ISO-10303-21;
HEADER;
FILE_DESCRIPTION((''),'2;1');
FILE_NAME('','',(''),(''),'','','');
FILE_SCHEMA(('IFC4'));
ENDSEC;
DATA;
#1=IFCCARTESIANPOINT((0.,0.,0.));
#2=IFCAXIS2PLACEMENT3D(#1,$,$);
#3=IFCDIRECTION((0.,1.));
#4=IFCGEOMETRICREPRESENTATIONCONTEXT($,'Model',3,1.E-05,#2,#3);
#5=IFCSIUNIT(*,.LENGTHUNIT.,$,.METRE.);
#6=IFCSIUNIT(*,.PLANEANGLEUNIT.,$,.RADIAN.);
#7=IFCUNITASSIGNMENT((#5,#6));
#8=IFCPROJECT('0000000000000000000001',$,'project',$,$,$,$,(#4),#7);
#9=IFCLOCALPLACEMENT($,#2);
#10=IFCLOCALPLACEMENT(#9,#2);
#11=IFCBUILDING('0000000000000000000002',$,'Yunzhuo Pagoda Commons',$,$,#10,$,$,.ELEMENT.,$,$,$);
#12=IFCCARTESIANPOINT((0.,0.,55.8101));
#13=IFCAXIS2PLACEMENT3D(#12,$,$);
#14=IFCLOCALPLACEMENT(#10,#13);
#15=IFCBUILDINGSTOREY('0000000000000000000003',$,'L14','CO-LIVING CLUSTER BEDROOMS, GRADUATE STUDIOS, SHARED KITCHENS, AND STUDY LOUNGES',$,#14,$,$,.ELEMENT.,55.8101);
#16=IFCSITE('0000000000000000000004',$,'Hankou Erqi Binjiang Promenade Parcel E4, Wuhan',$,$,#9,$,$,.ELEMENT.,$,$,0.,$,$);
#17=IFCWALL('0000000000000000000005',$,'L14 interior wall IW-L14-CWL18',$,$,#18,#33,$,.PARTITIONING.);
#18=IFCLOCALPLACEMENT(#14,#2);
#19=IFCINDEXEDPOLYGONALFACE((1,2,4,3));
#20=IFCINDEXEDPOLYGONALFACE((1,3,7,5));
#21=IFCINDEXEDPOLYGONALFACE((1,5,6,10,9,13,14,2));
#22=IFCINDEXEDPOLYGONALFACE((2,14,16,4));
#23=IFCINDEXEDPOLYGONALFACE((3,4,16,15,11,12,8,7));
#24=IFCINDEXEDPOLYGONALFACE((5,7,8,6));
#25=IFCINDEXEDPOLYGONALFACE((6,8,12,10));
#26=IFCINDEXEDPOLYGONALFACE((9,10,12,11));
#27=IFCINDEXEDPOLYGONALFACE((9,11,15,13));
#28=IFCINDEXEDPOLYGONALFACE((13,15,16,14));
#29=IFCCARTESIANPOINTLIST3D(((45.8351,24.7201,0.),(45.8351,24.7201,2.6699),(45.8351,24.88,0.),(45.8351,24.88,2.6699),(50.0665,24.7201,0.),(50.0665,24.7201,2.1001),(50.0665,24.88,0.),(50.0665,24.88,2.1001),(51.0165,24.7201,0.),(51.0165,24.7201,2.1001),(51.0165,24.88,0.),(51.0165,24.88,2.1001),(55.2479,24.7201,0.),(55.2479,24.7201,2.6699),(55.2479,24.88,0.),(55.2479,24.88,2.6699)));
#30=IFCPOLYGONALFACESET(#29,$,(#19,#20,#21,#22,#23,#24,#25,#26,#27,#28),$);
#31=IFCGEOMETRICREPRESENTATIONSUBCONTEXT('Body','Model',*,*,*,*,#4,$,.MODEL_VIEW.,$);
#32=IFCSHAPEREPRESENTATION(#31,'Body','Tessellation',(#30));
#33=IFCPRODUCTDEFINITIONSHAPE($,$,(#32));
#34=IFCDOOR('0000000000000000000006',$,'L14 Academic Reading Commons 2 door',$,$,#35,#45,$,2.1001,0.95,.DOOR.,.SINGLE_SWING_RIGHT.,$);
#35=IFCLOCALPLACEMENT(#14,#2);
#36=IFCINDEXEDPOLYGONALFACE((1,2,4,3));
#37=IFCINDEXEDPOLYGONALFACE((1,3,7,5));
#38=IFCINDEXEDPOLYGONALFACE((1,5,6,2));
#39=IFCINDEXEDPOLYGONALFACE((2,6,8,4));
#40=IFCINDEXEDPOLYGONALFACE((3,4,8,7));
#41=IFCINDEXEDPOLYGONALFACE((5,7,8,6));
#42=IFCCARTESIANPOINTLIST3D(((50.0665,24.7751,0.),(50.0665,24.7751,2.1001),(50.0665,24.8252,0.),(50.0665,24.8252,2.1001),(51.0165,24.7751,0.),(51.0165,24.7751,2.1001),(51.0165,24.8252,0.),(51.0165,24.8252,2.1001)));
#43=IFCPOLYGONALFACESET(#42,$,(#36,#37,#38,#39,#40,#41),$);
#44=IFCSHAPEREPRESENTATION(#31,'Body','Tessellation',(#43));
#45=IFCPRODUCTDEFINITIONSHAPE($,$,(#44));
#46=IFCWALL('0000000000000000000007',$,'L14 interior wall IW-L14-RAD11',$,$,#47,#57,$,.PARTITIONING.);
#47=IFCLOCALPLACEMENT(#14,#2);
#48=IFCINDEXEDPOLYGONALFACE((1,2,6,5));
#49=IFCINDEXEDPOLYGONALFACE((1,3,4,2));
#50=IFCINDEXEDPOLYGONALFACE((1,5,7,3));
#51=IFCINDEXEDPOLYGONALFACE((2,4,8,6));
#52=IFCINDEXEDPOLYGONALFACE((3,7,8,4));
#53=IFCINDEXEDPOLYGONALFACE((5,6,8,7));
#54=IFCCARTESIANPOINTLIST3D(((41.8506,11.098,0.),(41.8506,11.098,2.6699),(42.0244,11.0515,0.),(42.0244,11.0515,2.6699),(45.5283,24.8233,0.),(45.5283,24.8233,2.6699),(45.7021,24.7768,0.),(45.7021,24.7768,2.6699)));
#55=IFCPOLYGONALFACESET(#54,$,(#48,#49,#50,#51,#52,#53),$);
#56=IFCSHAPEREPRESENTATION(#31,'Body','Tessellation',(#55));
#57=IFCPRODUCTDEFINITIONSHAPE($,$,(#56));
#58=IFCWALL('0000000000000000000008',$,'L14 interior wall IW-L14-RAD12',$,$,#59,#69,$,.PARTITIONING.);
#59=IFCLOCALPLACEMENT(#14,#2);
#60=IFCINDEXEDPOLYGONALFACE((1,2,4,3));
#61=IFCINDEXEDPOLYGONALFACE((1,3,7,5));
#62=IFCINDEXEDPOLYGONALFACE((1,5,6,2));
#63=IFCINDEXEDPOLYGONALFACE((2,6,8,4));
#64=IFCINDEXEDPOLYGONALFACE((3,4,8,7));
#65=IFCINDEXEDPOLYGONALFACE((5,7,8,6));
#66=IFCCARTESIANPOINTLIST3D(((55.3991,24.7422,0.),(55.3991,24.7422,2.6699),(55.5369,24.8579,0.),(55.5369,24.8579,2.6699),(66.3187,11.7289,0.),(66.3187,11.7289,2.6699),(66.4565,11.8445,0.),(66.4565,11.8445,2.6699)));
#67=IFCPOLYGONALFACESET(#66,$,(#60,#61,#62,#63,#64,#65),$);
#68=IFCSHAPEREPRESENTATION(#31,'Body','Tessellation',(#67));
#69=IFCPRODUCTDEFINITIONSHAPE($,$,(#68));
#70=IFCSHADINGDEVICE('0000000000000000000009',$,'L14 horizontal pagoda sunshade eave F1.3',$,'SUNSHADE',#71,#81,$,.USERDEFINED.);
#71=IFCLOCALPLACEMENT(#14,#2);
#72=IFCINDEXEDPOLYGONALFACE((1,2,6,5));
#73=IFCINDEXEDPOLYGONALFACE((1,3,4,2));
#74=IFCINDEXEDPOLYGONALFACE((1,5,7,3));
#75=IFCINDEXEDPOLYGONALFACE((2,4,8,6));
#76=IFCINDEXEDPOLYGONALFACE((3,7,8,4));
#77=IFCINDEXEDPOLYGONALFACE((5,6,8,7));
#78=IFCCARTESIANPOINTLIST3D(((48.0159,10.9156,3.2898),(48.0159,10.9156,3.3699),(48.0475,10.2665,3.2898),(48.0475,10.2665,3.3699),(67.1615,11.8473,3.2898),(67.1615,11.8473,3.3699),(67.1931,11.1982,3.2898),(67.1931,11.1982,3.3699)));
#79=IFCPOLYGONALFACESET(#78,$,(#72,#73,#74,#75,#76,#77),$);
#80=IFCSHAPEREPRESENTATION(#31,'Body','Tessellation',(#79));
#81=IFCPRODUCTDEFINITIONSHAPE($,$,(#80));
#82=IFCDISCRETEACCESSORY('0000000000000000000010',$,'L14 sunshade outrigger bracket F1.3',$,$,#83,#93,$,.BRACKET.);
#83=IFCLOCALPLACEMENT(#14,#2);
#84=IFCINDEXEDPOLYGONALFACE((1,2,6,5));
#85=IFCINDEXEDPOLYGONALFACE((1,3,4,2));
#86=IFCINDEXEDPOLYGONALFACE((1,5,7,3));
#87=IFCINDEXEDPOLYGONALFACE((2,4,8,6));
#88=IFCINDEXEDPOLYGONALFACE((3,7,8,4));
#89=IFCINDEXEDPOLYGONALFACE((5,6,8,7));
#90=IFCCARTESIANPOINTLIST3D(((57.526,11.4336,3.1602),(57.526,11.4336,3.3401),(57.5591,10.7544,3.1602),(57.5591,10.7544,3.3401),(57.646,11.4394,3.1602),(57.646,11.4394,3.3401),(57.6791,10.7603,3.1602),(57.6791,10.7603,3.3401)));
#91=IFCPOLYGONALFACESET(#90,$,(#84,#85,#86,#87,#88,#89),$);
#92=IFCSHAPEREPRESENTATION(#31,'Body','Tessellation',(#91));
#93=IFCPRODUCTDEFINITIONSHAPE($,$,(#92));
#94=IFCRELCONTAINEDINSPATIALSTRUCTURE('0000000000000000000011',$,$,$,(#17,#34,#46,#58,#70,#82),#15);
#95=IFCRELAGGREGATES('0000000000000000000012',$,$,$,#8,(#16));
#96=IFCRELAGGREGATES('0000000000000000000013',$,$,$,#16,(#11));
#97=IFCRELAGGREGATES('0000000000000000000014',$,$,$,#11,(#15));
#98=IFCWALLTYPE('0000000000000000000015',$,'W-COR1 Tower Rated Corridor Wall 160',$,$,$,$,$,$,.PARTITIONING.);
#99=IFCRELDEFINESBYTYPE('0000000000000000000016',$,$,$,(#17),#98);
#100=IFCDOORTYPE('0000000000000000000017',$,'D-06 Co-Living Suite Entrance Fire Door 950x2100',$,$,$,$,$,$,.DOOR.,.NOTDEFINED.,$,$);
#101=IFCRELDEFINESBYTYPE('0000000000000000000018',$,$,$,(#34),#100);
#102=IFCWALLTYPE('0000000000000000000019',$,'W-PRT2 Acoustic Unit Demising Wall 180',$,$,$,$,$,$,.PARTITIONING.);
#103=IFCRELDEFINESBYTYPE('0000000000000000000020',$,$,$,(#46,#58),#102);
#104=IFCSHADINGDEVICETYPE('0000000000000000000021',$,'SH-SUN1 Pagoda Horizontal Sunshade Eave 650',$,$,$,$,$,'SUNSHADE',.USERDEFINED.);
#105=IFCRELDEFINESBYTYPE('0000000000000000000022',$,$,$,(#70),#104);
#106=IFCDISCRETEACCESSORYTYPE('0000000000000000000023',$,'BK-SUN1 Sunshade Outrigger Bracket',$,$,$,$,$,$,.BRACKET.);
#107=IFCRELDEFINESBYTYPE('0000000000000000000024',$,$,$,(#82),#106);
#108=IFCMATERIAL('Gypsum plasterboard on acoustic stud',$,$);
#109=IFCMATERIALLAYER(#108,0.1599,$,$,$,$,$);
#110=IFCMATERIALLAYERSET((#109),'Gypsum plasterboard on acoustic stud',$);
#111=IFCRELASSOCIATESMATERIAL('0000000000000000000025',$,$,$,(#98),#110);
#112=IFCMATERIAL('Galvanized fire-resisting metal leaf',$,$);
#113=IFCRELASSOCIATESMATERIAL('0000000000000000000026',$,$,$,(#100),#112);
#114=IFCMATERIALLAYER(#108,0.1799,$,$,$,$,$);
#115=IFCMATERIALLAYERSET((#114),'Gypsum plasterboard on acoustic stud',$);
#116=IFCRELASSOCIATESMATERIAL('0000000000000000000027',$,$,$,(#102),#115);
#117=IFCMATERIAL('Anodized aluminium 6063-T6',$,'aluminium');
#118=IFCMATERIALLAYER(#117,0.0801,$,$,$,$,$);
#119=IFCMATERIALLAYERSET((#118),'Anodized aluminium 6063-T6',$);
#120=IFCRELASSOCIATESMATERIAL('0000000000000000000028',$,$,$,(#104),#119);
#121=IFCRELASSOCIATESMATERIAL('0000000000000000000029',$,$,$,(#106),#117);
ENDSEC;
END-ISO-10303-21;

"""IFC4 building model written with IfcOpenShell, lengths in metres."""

from ifc_helpers import new_model, si_unit, direction, frame, frame_2d, origin, origin_with_axes, origin_2d, place, context, subcontext, project, spatial, rectangle, extrude, source, transform, mapped, material, layer, layer_set, type_object, element, fill, save


model = new_model("IFC4")

# Units and contexts
model_context = context("Model", 3, precision=1e-05, world=origin(), true_north=direction((0.0, 1.0)))
body_context = subcontext(model_context, "Body", "Model", "MODEL_VIEW")
ifc_project = project(units=[si_unit("LENGTHUNIT", "METRE"), si_unit("PLANEANGLEUNIT", "RADIAN")], contexts=[model_context])

# Site, building, storey
site_placement = place(None, origin())
site = spatial("IfcSite", under=ifc_project, at=site_placement, Name="Hankou Erqi Binjiang Promenade Parcel E4, Wuhan", CompositionType="ELEMENT", RefElevation=0.0)
building_placement = place(site_placement, origin())
building = spatial("IfcBuilding", under=site, at=building_placement, Name="Yunzhuo Pagoda Commons", CompositionType="ELEMENT")
storey_placement = place(building_placement, frame((0.0, 0.0, 55.8101)))
storey = spatial("IfcBuildingStorey", under=building, at=storey_placement, Name="L14", Description="CO-LIVING CLUSTER BEDROOMS, GRADUATE STUDIOS, SHARED KITCHENS, AND STUDY LOUNGES", CompositionType="ELEMENT", Elevation=55.8101)

# Shared definitions
ifc_material_1 = material(Name="Anodized aluminium 6063-T6", Category="aluminium")

# Wall, opening, door
ifc_material_2 = material(Name="Gypsum plasterboard on acoustic stud")
ifc_layer_1 = layer(ifc_material_2, 0.1599)
ifc_layer_set_1 = layer_set([ifc_layer_1], Name="Gypsum plasterboard on acoustic stud")
wall_type_1 = type_object("IfcWallType", Name="W-COR1 Tower Rated Corridor Wall 160", PredefinedType="PARTITIONING", material=ifc_layer_set_1)
wall_1_placement = place(storey_placement, frame((55.248, 24.8, 0.0), z_axis=(0.0, 0.0, 1.0), x_axis=(-1.0, 0.0, 0.0)))
wall_1 = element("IfcWall", 1, at=wall_1_placement, inside=storey, type_object=wall_type_1, Name="L14 interior wall IW-L14-CWL18", PredefinedType="PARTITIONING", context=body_context, shape_type="SweptSolid", body=[
    extrude(rectangle(XDim=9.4128, YDim=0.1599, at=frame_2d((4.7065, 0.0))), origin(), (0.0, 0.0, 1.0), 2.6699),
])
opening_placement = place(wall_1_placement, frame((4.2314, 0.0, 0.0)))
opening = element("IfcOpeningElement", 2, at=opening_placement, cuts=wall_1, PredefinedType="OPENING", context=body_context, shape_type="SweptSolid", body=[
    extrude(rectangle(XDim=0.95, YDim=2.1001, at=frame_2d((0.4751, 1.05))), frame((0.0, 0.0898, 0.0), z_axis=(0.0, -1.0, 0.0), x_axis=(1.0, 0.0, 0.0)), (0.0, 0.0, 1.0), 0.1799),
])
ifc_material_3 = material(Name="Galvanized fire-resisting metal leaf")
door_type = type_object("IfcDoorType", Name="D-06 Co-Living Suite Entrance Fire Door 950x2100", OperationType="NOTDEFINED", PredefinedType="DOOR", material=ifc_material_3)
shared_shape_1 = source(origin(), body_context, "Body", "SweptSolid", [
    extrude(rectangle(XDim=0.95, YDim=2.1001, at=frame_2d((0.4751, 1.05))), frame((0.0, 0.0249, 0.0), z_axis=(0.0, -1.0, 0.0), x_axis=(1.0, 0.0, 0.0)), (0.0, 0.0, 1.0), 0.05),
])
door_placement = place(opening_placement, origin_with_axes())
door = element("IfcDoor", 3, at=door_placement, inside=storey, type_object=door_type, Name="L14 Academic Reading Commons 2 door", OperationType="SINGLE_SWING_RIGHT", OverallHeight=2.1001, OverallWidth=0.95, PredefinedType="DOOR", context=body_context, shape_type="MappedRepresentation", body=[
    mapped(shared_shape_1, transform((0.0, 0.0, 0.0), scale=1.0)),
])
fill(opening, door)

# Walls
ifc_layer_2 = layer(ifc_material_2, 0.1799)
ifc_layer_set_2 = layer_set([ifc_layer_2], Name="Gypsum plasterboard on acoustic stud")
wall_type_2 = type_object("IfcWallType", Name="W-PRT2 Acoustic Unit Demising Wall 180", PredefinedType="PARTITIONING", material=ifc_layer_set_2)
wall_2_placement = place(storey_placement, frame((45.6152, 24.8, 0.0), z_axis=(0.0, 0.0, 1.0), x_axis=(-0.258822, -0.965925, 0.0)))
element("IfcWall", 4, at=wall_2_placement, inside=storey, type_object=wall_type_2, Name="L14 interior wall IW-L14-RAD11", PredefinedType="PARTITIONING", context=body_context, shape_type="SweptSolid", body=[
    extrude(rectangle(XDim=14.2095, YDim=0.1799, at=frame_2d((7.1047, 0.0))), origin(), (0.0, 0.0, 1.0), 2.6699),
])
wall_3_placement = place(storey_placement, frame((55.468, 24.8, 0.0), z_axis=(0.0, 0.0, 1.0), x_axis=(0.642792, -0.766041, 0.0)))
element("IfcWall", 5, at=wall_3_placement, inside=storey, type_object=wall_type_2, Name="L14 interior wall IW-L14-RAD12", PredefinedType="PARTITIONING", context=body_context, shape_type="SweptSolid", body=[
    extrude(rectangle(XDim=16.9878, YDim=0.1799, at=frame_2d((8.4939, 0.0))), origin(), (0.0, 0.0, 1.0), 2.6699),
])

# Shading device
ifc_layer_3 = layer(ifc_material_1, 0.0801)
ifc_layer_set_3 = layer_set([ifc_layer_3], Name="Anodized aluminium 6063-T6")
shading_device_type = type_object("IfcShadingDeviceType", Name="SH-SUN1 Pagoda Horizontal Sunshade Eave 650", ElementType="SUNSHADE", PredefinedType="USERDEFINED", material=ifc_layer_set_3)
shared_shape_2 = source(origin(), body_context, "Body", "SweptSolid", [
    extrude(rectangle(XDim=19.1682, YDim=0.6499, at=origin_2d()), origin(), (0.0, 0.0, 1.0), 0.0801),
])
shading_device_placement = place(storey_placement, frame((57.6045, 11.0569, 3.2898), z_axis=(0.0, 0.0, 1.0), x_axis=(0.998818, 0.048606, 0.0)))
element("IfcShadingDevice", 6, at=shading_device_placement, inside=storey, type_object=shading_device_type, Name="L14 horizontal pagoda sunshade eave F1.3", ObjectType="SUNSHADE", PredefinedType="USERDEFINED", context=body_context, shape_type="MappedRepresentation", body=[
    mapped(shared_shape_2, transform((0.0, 0.0, 0.0), scale=1.0)),
])

# Discrete accessory
discrete_accessory_type = type_object("IfcDiscreteAccessoryType", Name="BK-SUN1 Sunshade Outrigger Bracket", PredefinedType="BRACKET", material=ifc_material_1)
shared_shape_3 = source(origin(), body_context, "Body", "SweptSolid", [
    extrude(rectangle(XDim=0.1201, YDim=0.6799, at=origin_2d()), origin(), (0.0, 0.0, 1.0), 0.1799),
])
discrete_accessory_placement = place(storey_placement, frame((57.6025, 11.0969, 3.1602), z_axis=(0.0, 0.0, 1.0), x_axis=(0.998818, 0.048606, 0.0)))
element("IfcDiscreteAccessory", 7, at=discrete_accessory_placement, inside=storey, type_object=discrete_accessory_type, Name="L14 sunshade outrigger bracket F1.3", PredefinedType="BRACKET", context=body_context, shape_type="MappedRepresentation", body=[
    mapped(shared_shape_3, transform((0.0, 0.0, 0.0), scale=1.0)),
])

save(model, "model.ifc")
